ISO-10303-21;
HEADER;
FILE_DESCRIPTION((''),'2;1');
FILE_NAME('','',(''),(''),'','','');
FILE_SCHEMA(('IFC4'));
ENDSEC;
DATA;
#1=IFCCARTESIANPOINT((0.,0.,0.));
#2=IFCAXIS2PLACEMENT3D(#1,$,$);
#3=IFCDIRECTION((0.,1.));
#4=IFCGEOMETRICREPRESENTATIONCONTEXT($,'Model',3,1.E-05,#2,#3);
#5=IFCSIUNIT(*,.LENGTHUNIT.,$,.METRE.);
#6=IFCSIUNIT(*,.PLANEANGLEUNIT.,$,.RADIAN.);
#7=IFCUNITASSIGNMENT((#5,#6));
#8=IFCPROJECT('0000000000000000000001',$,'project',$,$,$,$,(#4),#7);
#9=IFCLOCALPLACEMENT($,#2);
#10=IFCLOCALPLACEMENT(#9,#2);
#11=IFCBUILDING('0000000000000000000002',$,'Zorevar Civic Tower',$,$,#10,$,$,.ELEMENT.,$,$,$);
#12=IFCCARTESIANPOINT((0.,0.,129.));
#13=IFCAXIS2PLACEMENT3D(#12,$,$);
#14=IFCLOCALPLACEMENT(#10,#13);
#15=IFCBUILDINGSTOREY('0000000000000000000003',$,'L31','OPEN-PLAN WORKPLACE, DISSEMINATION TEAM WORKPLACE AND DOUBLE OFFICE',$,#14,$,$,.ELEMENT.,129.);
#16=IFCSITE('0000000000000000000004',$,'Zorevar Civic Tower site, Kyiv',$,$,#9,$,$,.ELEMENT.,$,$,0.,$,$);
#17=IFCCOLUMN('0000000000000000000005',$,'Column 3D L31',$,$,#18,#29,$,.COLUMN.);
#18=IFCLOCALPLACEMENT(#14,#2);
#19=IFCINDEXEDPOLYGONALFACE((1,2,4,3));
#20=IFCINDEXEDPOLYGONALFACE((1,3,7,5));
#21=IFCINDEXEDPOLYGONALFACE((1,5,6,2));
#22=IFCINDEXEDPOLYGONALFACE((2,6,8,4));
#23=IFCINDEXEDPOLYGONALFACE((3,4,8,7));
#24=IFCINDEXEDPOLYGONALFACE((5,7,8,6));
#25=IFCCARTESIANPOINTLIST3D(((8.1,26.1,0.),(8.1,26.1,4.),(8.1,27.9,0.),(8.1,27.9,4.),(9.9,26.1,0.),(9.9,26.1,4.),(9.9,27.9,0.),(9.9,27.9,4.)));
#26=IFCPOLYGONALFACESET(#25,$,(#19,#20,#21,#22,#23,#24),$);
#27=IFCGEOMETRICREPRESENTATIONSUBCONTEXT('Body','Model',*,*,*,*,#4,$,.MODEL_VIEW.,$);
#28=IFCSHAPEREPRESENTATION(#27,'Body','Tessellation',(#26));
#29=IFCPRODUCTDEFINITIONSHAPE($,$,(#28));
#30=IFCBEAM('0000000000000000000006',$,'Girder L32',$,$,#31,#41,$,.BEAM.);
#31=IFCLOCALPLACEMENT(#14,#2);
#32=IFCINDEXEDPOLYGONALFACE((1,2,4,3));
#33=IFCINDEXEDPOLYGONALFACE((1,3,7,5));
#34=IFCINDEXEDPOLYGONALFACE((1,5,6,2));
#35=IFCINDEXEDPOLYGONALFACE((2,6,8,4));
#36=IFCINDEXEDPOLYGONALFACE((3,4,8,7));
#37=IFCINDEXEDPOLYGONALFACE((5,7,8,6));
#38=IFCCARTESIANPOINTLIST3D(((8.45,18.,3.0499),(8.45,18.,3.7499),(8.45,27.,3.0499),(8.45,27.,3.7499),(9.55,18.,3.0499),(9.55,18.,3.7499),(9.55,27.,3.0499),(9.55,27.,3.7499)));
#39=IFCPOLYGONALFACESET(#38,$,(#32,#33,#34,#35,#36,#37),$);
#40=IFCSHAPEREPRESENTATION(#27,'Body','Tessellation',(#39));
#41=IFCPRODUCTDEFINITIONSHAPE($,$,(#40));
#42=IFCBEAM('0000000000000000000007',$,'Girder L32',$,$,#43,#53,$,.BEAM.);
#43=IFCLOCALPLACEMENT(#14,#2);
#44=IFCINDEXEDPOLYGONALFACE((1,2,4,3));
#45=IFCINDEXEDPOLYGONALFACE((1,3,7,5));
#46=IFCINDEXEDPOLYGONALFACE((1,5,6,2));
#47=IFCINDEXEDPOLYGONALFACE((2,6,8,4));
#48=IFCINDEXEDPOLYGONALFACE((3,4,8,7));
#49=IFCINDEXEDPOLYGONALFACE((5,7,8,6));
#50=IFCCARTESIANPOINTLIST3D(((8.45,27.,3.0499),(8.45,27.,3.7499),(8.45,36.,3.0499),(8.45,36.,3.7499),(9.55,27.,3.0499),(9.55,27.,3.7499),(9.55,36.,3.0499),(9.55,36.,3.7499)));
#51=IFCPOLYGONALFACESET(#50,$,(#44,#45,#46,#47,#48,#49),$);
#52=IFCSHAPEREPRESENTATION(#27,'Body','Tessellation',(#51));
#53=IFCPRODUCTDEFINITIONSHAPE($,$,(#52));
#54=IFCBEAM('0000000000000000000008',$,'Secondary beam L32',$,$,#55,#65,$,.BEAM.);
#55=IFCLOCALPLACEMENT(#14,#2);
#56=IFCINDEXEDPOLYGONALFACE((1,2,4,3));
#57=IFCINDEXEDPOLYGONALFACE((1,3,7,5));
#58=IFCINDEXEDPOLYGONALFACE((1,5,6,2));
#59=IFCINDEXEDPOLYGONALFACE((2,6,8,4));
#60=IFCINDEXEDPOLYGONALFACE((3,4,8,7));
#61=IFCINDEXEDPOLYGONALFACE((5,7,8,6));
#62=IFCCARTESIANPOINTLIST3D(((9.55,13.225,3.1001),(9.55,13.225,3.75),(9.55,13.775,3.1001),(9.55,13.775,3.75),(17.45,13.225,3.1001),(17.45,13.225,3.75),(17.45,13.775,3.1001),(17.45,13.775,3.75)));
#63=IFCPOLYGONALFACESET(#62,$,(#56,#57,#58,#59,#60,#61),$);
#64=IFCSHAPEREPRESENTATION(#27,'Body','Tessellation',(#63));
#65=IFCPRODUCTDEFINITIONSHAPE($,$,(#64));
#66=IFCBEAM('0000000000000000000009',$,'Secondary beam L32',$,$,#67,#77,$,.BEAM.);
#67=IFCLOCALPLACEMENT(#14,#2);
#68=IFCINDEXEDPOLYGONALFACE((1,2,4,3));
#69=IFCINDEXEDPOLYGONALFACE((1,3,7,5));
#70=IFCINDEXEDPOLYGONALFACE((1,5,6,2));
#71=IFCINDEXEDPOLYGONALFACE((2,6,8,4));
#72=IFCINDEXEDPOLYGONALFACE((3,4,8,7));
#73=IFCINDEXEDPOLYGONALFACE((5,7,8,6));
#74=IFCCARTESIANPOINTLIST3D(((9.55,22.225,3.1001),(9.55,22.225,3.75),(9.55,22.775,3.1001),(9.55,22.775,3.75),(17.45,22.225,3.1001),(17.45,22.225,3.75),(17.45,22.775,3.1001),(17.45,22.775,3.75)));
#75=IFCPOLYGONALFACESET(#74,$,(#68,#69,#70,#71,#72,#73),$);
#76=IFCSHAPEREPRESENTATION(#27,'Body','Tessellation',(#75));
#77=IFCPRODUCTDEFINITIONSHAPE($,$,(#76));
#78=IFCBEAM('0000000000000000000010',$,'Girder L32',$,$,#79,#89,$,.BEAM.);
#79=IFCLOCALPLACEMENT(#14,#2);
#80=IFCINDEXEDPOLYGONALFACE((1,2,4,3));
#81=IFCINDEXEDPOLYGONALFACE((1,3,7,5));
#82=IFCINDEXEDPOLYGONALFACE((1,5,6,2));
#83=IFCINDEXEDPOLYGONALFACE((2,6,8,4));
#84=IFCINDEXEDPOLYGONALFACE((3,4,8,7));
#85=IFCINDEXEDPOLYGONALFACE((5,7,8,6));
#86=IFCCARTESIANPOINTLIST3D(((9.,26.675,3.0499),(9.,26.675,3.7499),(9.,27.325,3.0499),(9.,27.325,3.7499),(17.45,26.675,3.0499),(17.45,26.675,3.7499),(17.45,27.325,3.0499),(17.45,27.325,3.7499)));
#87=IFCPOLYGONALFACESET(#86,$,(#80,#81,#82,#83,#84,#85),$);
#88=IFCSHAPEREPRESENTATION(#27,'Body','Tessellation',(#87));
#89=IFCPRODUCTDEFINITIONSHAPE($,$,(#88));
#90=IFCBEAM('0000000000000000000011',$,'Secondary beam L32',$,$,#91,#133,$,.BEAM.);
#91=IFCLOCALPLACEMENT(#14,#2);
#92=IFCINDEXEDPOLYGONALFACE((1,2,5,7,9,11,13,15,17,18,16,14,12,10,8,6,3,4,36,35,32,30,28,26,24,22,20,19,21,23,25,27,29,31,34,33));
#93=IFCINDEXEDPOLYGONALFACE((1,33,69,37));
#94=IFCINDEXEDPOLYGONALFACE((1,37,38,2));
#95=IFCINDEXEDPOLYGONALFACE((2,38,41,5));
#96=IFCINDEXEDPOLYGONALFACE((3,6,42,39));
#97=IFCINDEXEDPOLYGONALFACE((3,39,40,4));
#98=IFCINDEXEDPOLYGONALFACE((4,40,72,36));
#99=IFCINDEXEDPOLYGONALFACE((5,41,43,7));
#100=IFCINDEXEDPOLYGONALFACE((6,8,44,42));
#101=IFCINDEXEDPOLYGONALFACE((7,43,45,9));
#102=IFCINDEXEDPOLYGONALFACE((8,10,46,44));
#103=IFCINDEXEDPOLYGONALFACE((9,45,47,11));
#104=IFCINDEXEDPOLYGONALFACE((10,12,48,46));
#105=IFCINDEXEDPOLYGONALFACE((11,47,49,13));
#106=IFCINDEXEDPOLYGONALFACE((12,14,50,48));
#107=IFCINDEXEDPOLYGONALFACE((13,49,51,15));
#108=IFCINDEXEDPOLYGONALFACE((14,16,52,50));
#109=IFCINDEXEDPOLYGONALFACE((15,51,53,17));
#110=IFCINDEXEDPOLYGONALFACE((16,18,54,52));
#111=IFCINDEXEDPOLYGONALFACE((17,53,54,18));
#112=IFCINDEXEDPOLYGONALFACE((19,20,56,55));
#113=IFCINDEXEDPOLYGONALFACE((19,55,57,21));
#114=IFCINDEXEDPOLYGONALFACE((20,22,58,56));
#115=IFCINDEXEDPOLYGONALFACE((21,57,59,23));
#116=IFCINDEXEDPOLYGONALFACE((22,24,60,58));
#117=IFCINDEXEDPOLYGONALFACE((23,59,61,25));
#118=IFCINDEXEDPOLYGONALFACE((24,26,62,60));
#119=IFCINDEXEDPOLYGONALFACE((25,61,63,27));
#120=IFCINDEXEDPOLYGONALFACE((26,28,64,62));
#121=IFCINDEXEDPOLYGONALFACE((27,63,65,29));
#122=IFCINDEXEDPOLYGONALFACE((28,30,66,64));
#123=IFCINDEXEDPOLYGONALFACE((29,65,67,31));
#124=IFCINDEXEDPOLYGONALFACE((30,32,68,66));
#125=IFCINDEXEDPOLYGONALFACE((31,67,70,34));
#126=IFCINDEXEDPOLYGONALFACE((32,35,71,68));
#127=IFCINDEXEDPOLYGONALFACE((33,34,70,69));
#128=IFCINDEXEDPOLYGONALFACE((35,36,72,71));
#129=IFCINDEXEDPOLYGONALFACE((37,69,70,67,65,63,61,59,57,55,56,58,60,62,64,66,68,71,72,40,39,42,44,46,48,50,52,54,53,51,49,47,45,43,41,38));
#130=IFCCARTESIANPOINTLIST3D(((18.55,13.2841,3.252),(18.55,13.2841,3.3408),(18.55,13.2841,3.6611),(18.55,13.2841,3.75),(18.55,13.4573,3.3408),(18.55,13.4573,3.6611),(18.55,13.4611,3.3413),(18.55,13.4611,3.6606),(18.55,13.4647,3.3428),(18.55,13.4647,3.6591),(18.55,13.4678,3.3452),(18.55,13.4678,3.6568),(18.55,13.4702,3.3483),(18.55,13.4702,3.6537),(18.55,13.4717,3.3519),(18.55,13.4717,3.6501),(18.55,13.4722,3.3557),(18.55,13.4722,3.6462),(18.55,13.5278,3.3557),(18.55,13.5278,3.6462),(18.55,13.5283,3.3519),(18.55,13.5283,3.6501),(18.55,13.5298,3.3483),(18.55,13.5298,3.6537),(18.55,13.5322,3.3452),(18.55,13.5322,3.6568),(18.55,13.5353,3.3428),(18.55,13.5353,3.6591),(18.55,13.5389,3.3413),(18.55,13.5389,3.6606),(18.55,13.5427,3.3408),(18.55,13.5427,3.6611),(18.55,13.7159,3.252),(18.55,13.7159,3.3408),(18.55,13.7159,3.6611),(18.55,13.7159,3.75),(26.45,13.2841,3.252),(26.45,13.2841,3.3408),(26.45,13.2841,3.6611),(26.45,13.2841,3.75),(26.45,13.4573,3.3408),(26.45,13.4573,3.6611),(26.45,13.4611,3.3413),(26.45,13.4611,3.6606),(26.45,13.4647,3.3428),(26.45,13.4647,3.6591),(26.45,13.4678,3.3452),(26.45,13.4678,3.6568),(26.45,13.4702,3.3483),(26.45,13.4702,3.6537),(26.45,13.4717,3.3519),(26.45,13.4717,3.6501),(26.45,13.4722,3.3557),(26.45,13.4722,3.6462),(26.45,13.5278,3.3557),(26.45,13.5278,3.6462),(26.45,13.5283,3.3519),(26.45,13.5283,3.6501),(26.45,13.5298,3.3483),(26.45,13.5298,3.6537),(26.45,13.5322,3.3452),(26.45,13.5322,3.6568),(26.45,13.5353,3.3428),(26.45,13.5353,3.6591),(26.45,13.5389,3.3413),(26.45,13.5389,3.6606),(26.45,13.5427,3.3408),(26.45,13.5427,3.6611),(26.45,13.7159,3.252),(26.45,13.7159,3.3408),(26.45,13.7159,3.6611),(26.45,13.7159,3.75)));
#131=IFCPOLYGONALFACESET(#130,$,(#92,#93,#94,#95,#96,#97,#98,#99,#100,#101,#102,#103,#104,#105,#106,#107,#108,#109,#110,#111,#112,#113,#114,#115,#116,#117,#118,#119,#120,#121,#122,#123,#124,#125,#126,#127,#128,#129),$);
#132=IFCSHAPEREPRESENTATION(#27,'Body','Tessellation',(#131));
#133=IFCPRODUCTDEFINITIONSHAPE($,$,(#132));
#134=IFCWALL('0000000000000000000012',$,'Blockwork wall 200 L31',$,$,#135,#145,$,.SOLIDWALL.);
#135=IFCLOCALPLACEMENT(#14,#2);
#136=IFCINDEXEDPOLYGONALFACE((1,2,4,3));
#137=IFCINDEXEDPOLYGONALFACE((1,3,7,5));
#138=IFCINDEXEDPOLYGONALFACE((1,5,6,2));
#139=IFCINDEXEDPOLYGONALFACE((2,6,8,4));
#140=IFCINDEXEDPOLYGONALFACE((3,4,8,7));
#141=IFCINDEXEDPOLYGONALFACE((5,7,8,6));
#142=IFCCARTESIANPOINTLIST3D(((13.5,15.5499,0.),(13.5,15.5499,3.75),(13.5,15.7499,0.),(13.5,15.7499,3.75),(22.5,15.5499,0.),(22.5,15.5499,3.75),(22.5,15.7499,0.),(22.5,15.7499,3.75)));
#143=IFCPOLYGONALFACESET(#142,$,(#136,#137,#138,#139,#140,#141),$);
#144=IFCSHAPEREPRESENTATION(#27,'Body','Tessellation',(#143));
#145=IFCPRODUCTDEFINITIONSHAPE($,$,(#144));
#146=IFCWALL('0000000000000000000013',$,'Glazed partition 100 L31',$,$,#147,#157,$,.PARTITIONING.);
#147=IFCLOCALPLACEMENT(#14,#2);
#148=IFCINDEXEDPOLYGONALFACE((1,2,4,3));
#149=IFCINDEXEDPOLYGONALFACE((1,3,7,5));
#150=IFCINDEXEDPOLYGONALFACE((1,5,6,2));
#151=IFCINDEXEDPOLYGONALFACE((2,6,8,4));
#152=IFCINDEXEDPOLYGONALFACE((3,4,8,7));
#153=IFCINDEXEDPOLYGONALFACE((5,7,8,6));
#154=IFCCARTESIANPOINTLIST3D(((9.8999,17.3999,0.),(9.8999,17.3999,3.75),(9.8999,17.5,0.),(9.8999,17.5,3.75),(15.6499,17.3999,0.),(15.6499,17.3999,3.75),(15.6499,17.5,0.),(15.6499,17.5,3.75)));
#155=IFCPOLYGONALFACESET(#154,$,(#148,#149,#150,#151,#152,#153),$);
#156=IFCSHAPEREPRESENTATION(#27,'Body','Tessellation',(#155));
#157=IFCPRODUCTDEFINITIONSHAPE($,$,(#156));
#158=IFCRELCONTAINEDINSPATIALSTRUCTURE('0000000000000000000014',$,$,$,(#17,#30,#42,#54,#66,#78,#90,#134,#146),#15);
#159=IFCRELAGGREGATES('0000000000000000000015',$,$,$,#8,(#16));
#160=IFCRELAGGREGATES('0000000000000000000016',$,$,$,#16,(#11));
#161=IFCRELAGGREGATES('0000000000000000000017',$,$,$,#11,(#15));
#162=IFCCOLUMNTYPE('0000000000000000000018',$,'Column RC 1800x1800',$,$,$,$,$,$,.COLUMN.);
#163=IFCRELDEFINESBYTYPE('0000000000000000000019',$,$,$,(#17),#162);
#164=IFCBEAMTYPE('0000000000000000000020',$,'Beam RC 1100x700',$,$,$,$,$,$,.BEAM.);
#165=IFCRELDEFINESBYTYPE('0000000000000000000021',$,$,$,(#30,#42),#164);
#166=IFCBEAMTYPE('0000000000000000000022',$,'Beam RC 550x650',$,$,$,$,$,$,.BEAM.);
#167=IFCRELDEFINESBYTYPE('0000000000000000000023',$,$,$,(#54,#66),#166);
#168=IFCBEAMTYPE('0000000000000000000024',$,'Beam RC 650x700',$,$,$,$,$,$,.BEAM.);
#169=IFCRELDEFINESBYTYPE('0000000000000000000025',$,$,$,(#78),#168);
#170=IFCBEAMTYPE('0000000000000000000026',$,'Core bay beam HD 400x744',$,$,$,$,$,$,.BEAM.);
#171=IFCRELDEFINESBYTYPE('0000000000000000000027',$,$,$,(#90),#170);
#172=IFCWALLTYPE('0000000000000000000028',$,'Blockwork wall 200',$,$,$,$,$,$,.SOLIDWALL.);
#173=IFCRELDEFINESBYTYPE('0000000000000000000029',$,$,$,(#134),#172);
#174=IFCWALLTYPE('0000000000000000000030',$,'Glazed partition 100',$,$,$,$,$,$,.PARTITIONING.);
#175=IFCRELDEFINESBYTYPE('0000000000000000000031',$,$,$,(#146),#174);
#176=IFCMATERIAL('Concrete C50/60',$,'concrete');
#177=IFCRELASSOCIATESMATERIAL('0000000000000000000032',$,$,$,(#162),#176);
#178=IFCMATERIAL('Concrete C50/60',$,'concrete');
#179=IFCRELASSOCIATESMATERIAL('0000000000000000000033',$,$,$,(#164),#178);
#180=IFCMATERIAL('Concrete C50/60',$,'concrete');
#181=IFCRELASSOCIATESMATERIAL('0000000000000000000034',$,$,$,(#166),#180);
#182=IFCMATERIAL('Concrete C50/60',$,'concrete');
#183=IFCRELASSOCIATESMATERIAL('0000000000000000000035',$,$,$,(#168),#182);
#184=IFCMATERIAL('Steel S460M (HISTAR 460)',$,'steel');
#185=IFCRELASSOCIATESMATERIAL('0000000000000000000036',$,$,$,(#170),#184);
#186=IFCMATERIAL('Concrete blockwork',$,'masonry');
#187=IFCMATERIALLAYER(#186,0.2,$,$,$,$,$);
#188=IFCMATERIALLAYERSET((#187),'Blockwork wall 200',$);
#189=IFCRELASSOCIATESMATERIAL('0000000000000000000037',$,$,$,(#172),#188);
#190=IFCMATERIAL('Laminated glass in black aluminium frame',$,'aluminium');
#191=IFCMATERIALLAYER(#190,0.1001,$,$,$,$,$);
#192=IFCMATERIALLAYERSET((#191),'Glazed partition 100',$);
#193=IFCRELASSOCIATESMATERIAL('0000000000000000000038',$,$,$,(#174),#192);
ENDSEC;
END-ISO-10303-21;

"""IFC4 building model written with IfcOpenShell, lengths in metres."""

from ifc_helpers import new_model, si_unit, direction, frame, frame_2d, origin, origin_2d, place, context, subcontext, project, spatial, rectangle, i_section, extrude, material, layer, layer_set, material_profile, profile_set, type_object, element, save


model = new_model("IFC4")

# Units and contexts
model_context = context("Model", 3, precision=1e-05, world=origin(), true_north=direction((0.0, 1.0)))
body_context = subcontext(model_context, "Body", "Model", "MODEL_VIEW")
ifc_project = project(units=[si_unit("LENGTHUNIT", "METRE"), si_unit("PLANEANGLEUNIT", "RADIAN")], contexts=[model_context])

# Site, building, storey
site_placement = place(None, origin())
site = spatial("IfcSite", under=ifc_project, at=site_placement, Name="Zorevar Civic Tower site, Kyiv", CompositionType="ELEMENT", RefElevation=0.0)
building_placement = place(site_placement, origin())
building = spatial("IfcBuilding", under=site, at=building_placement, Name="Zorevar Civic Tower", CompositionType="ELEMENT")
storey_placement = place(building_placement, frame((0.0, 0.0, 129.0)))
storey = spatial("IfcBuildingStorey", under=building, at=storey_placement, Name="L31", Description="OPEN-PLAN WORKPLACE, DISSEMINATION TEAM WORKPLACE AND DOUBLE OFFICE", CompositionType="ELEMENT", Elevation=129.0)

# Column
ifc_material_1 = material(Name="Concrete C50/60", Category="concrete")
ifc_material_profile_1 = material_profile(ifc_material_1, rectangle(XDim=1.8, YDim=1.8, at=origin_2d()), Name="RC 1800x1800")
ifc_profile_set_1 = profile_set([ifc_material_profile_1], Name="Concrete C50/60")
column_type = type_object("IfcColumnType", Name="Column RC 1800x1800", PredefinedType="COLUMN", material=ifc_profile_set_1)
column_placement = place(storey_placement, frame((9.0, 27.0, 0.0), z_axis=(0.0, 0.0, 1.0), x_axis=(1.0, 0.0, 0.0)))
element("IfcColumn", 1, at=column_placement, inside=storey, type_object=column_type, Name="Column 3D L31", PredefinedType="COLUMN", context=body_context, shape_type="SweptSolid", body=[
    extrude(rectangle(XDim=1.8, YDim=1.8, at=origin_2d()), origin(), (0.0, 0.0, 1.0), 4.0),
])

# Beams
ifc_material_2 = material(Name="Concrete C50/60", Category="concrete")
ifc_material_profile_2 = material_profile(ifc_material_2, rectangle(XDim=1.1001, YDim=0.7, at=origin_2d()), Name="RC 1100x700")
ifc_profile_set_2 = profile_set([ifc_material_profile_2], Name="Concrete C50/60")
beam_type_1 = type_object("IfcBeamType", Name="Beam RC 1100x700", PredefinedType="BEAM", material=ifc_profile_set_2)
for number, where, z_axis, x_axis, name in (
    (2, (9.0, 18.0, 3.3999), (0.0, 1.0, 0.0), (-1.0, 0.0, 0.0), "Girder L32"),
    (3, (9.0, 27.0, 3.3999), (0.0, 1.0, 0.0), (-1.0, 0.0, 0.0), "Girder L32"),
):
    element("IfcBeam", number, at=place(storey_placement, frame(where, z_axis=z_axis, x_axis=x_axis)), inside=storey, type_object=beam_type_1, Name=name, PredefinedType="BEAM", context=body_context, shape_type="SweptSolid", body=[
        extrude(rectangle(XDim=1.1001, YDim=0.7, at=origin_2d()), origin(), (0.0, 0.0, 1.0), 9.0),
    ])
ifc_material_3 = material(Name="Concrete C50/60", Category="concrete")
ifc_material_profile_3 = material_profile(ifc_material_3, rectangle(XDim=0.55, YDim=0.6499, at=origin_2d()), Name="RC 550x650")
ifc_profile_set_3 = profile_set([ifc_material_profile_3], Name="Concrete C50/60")
beam_type_2 = type_object("IfcBeamType", Name="Beam RC 550x650", PredefinedType="BEAM", material=ifc_profile_set_3)
for number, where, z_axis, x_axis, name in (
    (4, (9.55, 13.5, 3.425), (1.0, 0.0, 0.0), (0.0, 1.0, 0.0), "Secondary beam L32"),
    (5, (9.55, 22.5, 3.425), (1.0, 0.0, 0.0), (0.0, 1.0, 0.0), "Secondary beam L32"),
):
    element("IfcBeam", number, at=place(storey_placement, frame(where, z_axis=z_axis, x_axis=x_axis)), inside=storey, type_object=beam_type_2, Name=name, PredefinedType="BEAM", context=body_context, shape_type="SweptSolid", body=[
        extrude(rectangle(XDim=0.55, YDim=0.6499, at=origin_2d()), origin(), (0.0, 0.0, 1.0), 7.8999),
    ])
ifc_material_4 = material(Name="Concrete C50/60", Category="concrete")
ifc_material_profile_4 = material_profile(ifc_material_4, rectangle(XDim=0.6499, YDim=0.7, at=origin_2d()), Name="RC 650x700")
ifc_profile_set_4 = profile_set([ifc_material_profile_4], Name="Concrete C50/60")
beam_type_3 = type_object("IfcBeamType", Name="Beam RC 650x700", PredefinedType="BEAM", material=ifc_profile_set_4)
beam_1_placement = place(storey_placement, frame((9.0, 27.0, 3.3999), z_axis=(1.0, 0.0, 0.0), x_axis=(0.0, 1.0, 0.0)))
element("IfcBeam", 6, at=beam_1_placement, inside=storey, type_object=beam_type_3, Name="Girder L32", PredefinedType="BEAM", context=body_context, shape_type="SweptSolid", body=[
    extrude(rectangle(XDim=0.6499, YDim=0.7, at=origin_2d()), origin(), (0.0, 0.0, 1.0), 8.45),
])
ifc_material_5 = material(Name="Steel S460M (HISTAR 460)", Category="steel")
ifc_material_profile_5 = material_profile(ifc_material_5, i_section(OverallWidth=0.4319, OverallDepth=0.498, WebThickness=0.0557, FlangeThickness=0.0889, FilletRadius=0.0149, at=origin_2d()), Name="HD 400x744")
ifc_profile_set_5 = profile_set([ifc_material_profile_5], Name="Steel S460M (HISTAR 460)")
beam_type_4 = type_object("IfcBeamType", Name="Core bay beam HD 400x744", PredefinedType="BEAM", material=ifc_profile_set_5)
beam_2_placement = place(storey_placement, frame((18.55, 13.5, 3.501), z_axis=(1.0, 0.0, 0.0), x_axis=(0.0, 1.0, 0.0)))
element("IfcBeam", 7, at=beam_2_placement, inside=storey, type_object=beam_type_4, Name="Secondary beam L32", PredefinedType="BEAM", context=body_context, shape_type="SweptSolid", body=[
    extrude(i_section(OverallWidth=0.4319, OverallDepth=0.498, WebThickness=0.0557, FlangeThickness=0.0889, FilletRadius=0.0149, at=origin_2d()), origin(), (0.0, 0.0, 1.0), 7.8999),
])

# Wall
ifc_material_6 = material(Name="Concrete blockwork", Category="masonry")
ifc_layer_1 = layer(ifc_material_6, 0.2)
ifc_layer_set_1 = layer_set([ifc_layer_1], Name="Blockwork wall 200")
wall_type_1 = type_object("IfcWallType", Name="Blockwork wall 200", PredefinedType="SOLIDWALL", material=ifc_layer_set_1)
wall_1_placement = place(storey_placement, frame((13.5, 15.6499, 0.0), z_axis=(0.0, 0.0, 1.0), x_axis=(1.0, 0.0, 0.0)))
element("IfcWall", 8, at=wall_1_placement, inside=storey, type_object=wall_type_1, Name="Blockwork wall 200 L31", PredefinedType="SOLIDWALL", context=body_context, shape_type="SweptSolid", body=[
    extrude(rectangle(XDim=9.0, YDim=0.2, at=frame_2d((4.5, 0.0))), origin(), (0.0, 0.0, 1.0), 3.75),
])

# Wall
ifc_material_7 = material(Name="Laminated glass in black aluminium frame", Category="aluminium")
ifc_layer_2 = layer(ifc_material_7, 0.1001)
ifc_layer_set_2 = layer_set([ifc_layer_2], Name="Glazed partition 100")
wall_type_2 = type_object("IfcWallType", Name="Glazed partition 100", PredefinedType="PARTITIONING", material=ifc_layer_set_2)
wall_2_placement = place(storey_placement, frame((9.8999, 17.45, 0.0), z_axis=(0.0, 0.0, 1.0), x_axis=(1.0, 0.0, 0.0)))
element("IfcWall", 9, at=wall_2_placement, inside=storey, type_object=wall_type_2, Name="Glazed partition 100 L31", PredefinedType="PARTITIONING", context=body_context, shape_type="SweptSolid", body=[
    extrude(rectangle(XDim=5.75, YDim=0.1001, at=frame_2d((2.875, 0.0))), origin(), (0.0, 0.0, 1.0), 3.75),
])

save(model, "model.ifc")
